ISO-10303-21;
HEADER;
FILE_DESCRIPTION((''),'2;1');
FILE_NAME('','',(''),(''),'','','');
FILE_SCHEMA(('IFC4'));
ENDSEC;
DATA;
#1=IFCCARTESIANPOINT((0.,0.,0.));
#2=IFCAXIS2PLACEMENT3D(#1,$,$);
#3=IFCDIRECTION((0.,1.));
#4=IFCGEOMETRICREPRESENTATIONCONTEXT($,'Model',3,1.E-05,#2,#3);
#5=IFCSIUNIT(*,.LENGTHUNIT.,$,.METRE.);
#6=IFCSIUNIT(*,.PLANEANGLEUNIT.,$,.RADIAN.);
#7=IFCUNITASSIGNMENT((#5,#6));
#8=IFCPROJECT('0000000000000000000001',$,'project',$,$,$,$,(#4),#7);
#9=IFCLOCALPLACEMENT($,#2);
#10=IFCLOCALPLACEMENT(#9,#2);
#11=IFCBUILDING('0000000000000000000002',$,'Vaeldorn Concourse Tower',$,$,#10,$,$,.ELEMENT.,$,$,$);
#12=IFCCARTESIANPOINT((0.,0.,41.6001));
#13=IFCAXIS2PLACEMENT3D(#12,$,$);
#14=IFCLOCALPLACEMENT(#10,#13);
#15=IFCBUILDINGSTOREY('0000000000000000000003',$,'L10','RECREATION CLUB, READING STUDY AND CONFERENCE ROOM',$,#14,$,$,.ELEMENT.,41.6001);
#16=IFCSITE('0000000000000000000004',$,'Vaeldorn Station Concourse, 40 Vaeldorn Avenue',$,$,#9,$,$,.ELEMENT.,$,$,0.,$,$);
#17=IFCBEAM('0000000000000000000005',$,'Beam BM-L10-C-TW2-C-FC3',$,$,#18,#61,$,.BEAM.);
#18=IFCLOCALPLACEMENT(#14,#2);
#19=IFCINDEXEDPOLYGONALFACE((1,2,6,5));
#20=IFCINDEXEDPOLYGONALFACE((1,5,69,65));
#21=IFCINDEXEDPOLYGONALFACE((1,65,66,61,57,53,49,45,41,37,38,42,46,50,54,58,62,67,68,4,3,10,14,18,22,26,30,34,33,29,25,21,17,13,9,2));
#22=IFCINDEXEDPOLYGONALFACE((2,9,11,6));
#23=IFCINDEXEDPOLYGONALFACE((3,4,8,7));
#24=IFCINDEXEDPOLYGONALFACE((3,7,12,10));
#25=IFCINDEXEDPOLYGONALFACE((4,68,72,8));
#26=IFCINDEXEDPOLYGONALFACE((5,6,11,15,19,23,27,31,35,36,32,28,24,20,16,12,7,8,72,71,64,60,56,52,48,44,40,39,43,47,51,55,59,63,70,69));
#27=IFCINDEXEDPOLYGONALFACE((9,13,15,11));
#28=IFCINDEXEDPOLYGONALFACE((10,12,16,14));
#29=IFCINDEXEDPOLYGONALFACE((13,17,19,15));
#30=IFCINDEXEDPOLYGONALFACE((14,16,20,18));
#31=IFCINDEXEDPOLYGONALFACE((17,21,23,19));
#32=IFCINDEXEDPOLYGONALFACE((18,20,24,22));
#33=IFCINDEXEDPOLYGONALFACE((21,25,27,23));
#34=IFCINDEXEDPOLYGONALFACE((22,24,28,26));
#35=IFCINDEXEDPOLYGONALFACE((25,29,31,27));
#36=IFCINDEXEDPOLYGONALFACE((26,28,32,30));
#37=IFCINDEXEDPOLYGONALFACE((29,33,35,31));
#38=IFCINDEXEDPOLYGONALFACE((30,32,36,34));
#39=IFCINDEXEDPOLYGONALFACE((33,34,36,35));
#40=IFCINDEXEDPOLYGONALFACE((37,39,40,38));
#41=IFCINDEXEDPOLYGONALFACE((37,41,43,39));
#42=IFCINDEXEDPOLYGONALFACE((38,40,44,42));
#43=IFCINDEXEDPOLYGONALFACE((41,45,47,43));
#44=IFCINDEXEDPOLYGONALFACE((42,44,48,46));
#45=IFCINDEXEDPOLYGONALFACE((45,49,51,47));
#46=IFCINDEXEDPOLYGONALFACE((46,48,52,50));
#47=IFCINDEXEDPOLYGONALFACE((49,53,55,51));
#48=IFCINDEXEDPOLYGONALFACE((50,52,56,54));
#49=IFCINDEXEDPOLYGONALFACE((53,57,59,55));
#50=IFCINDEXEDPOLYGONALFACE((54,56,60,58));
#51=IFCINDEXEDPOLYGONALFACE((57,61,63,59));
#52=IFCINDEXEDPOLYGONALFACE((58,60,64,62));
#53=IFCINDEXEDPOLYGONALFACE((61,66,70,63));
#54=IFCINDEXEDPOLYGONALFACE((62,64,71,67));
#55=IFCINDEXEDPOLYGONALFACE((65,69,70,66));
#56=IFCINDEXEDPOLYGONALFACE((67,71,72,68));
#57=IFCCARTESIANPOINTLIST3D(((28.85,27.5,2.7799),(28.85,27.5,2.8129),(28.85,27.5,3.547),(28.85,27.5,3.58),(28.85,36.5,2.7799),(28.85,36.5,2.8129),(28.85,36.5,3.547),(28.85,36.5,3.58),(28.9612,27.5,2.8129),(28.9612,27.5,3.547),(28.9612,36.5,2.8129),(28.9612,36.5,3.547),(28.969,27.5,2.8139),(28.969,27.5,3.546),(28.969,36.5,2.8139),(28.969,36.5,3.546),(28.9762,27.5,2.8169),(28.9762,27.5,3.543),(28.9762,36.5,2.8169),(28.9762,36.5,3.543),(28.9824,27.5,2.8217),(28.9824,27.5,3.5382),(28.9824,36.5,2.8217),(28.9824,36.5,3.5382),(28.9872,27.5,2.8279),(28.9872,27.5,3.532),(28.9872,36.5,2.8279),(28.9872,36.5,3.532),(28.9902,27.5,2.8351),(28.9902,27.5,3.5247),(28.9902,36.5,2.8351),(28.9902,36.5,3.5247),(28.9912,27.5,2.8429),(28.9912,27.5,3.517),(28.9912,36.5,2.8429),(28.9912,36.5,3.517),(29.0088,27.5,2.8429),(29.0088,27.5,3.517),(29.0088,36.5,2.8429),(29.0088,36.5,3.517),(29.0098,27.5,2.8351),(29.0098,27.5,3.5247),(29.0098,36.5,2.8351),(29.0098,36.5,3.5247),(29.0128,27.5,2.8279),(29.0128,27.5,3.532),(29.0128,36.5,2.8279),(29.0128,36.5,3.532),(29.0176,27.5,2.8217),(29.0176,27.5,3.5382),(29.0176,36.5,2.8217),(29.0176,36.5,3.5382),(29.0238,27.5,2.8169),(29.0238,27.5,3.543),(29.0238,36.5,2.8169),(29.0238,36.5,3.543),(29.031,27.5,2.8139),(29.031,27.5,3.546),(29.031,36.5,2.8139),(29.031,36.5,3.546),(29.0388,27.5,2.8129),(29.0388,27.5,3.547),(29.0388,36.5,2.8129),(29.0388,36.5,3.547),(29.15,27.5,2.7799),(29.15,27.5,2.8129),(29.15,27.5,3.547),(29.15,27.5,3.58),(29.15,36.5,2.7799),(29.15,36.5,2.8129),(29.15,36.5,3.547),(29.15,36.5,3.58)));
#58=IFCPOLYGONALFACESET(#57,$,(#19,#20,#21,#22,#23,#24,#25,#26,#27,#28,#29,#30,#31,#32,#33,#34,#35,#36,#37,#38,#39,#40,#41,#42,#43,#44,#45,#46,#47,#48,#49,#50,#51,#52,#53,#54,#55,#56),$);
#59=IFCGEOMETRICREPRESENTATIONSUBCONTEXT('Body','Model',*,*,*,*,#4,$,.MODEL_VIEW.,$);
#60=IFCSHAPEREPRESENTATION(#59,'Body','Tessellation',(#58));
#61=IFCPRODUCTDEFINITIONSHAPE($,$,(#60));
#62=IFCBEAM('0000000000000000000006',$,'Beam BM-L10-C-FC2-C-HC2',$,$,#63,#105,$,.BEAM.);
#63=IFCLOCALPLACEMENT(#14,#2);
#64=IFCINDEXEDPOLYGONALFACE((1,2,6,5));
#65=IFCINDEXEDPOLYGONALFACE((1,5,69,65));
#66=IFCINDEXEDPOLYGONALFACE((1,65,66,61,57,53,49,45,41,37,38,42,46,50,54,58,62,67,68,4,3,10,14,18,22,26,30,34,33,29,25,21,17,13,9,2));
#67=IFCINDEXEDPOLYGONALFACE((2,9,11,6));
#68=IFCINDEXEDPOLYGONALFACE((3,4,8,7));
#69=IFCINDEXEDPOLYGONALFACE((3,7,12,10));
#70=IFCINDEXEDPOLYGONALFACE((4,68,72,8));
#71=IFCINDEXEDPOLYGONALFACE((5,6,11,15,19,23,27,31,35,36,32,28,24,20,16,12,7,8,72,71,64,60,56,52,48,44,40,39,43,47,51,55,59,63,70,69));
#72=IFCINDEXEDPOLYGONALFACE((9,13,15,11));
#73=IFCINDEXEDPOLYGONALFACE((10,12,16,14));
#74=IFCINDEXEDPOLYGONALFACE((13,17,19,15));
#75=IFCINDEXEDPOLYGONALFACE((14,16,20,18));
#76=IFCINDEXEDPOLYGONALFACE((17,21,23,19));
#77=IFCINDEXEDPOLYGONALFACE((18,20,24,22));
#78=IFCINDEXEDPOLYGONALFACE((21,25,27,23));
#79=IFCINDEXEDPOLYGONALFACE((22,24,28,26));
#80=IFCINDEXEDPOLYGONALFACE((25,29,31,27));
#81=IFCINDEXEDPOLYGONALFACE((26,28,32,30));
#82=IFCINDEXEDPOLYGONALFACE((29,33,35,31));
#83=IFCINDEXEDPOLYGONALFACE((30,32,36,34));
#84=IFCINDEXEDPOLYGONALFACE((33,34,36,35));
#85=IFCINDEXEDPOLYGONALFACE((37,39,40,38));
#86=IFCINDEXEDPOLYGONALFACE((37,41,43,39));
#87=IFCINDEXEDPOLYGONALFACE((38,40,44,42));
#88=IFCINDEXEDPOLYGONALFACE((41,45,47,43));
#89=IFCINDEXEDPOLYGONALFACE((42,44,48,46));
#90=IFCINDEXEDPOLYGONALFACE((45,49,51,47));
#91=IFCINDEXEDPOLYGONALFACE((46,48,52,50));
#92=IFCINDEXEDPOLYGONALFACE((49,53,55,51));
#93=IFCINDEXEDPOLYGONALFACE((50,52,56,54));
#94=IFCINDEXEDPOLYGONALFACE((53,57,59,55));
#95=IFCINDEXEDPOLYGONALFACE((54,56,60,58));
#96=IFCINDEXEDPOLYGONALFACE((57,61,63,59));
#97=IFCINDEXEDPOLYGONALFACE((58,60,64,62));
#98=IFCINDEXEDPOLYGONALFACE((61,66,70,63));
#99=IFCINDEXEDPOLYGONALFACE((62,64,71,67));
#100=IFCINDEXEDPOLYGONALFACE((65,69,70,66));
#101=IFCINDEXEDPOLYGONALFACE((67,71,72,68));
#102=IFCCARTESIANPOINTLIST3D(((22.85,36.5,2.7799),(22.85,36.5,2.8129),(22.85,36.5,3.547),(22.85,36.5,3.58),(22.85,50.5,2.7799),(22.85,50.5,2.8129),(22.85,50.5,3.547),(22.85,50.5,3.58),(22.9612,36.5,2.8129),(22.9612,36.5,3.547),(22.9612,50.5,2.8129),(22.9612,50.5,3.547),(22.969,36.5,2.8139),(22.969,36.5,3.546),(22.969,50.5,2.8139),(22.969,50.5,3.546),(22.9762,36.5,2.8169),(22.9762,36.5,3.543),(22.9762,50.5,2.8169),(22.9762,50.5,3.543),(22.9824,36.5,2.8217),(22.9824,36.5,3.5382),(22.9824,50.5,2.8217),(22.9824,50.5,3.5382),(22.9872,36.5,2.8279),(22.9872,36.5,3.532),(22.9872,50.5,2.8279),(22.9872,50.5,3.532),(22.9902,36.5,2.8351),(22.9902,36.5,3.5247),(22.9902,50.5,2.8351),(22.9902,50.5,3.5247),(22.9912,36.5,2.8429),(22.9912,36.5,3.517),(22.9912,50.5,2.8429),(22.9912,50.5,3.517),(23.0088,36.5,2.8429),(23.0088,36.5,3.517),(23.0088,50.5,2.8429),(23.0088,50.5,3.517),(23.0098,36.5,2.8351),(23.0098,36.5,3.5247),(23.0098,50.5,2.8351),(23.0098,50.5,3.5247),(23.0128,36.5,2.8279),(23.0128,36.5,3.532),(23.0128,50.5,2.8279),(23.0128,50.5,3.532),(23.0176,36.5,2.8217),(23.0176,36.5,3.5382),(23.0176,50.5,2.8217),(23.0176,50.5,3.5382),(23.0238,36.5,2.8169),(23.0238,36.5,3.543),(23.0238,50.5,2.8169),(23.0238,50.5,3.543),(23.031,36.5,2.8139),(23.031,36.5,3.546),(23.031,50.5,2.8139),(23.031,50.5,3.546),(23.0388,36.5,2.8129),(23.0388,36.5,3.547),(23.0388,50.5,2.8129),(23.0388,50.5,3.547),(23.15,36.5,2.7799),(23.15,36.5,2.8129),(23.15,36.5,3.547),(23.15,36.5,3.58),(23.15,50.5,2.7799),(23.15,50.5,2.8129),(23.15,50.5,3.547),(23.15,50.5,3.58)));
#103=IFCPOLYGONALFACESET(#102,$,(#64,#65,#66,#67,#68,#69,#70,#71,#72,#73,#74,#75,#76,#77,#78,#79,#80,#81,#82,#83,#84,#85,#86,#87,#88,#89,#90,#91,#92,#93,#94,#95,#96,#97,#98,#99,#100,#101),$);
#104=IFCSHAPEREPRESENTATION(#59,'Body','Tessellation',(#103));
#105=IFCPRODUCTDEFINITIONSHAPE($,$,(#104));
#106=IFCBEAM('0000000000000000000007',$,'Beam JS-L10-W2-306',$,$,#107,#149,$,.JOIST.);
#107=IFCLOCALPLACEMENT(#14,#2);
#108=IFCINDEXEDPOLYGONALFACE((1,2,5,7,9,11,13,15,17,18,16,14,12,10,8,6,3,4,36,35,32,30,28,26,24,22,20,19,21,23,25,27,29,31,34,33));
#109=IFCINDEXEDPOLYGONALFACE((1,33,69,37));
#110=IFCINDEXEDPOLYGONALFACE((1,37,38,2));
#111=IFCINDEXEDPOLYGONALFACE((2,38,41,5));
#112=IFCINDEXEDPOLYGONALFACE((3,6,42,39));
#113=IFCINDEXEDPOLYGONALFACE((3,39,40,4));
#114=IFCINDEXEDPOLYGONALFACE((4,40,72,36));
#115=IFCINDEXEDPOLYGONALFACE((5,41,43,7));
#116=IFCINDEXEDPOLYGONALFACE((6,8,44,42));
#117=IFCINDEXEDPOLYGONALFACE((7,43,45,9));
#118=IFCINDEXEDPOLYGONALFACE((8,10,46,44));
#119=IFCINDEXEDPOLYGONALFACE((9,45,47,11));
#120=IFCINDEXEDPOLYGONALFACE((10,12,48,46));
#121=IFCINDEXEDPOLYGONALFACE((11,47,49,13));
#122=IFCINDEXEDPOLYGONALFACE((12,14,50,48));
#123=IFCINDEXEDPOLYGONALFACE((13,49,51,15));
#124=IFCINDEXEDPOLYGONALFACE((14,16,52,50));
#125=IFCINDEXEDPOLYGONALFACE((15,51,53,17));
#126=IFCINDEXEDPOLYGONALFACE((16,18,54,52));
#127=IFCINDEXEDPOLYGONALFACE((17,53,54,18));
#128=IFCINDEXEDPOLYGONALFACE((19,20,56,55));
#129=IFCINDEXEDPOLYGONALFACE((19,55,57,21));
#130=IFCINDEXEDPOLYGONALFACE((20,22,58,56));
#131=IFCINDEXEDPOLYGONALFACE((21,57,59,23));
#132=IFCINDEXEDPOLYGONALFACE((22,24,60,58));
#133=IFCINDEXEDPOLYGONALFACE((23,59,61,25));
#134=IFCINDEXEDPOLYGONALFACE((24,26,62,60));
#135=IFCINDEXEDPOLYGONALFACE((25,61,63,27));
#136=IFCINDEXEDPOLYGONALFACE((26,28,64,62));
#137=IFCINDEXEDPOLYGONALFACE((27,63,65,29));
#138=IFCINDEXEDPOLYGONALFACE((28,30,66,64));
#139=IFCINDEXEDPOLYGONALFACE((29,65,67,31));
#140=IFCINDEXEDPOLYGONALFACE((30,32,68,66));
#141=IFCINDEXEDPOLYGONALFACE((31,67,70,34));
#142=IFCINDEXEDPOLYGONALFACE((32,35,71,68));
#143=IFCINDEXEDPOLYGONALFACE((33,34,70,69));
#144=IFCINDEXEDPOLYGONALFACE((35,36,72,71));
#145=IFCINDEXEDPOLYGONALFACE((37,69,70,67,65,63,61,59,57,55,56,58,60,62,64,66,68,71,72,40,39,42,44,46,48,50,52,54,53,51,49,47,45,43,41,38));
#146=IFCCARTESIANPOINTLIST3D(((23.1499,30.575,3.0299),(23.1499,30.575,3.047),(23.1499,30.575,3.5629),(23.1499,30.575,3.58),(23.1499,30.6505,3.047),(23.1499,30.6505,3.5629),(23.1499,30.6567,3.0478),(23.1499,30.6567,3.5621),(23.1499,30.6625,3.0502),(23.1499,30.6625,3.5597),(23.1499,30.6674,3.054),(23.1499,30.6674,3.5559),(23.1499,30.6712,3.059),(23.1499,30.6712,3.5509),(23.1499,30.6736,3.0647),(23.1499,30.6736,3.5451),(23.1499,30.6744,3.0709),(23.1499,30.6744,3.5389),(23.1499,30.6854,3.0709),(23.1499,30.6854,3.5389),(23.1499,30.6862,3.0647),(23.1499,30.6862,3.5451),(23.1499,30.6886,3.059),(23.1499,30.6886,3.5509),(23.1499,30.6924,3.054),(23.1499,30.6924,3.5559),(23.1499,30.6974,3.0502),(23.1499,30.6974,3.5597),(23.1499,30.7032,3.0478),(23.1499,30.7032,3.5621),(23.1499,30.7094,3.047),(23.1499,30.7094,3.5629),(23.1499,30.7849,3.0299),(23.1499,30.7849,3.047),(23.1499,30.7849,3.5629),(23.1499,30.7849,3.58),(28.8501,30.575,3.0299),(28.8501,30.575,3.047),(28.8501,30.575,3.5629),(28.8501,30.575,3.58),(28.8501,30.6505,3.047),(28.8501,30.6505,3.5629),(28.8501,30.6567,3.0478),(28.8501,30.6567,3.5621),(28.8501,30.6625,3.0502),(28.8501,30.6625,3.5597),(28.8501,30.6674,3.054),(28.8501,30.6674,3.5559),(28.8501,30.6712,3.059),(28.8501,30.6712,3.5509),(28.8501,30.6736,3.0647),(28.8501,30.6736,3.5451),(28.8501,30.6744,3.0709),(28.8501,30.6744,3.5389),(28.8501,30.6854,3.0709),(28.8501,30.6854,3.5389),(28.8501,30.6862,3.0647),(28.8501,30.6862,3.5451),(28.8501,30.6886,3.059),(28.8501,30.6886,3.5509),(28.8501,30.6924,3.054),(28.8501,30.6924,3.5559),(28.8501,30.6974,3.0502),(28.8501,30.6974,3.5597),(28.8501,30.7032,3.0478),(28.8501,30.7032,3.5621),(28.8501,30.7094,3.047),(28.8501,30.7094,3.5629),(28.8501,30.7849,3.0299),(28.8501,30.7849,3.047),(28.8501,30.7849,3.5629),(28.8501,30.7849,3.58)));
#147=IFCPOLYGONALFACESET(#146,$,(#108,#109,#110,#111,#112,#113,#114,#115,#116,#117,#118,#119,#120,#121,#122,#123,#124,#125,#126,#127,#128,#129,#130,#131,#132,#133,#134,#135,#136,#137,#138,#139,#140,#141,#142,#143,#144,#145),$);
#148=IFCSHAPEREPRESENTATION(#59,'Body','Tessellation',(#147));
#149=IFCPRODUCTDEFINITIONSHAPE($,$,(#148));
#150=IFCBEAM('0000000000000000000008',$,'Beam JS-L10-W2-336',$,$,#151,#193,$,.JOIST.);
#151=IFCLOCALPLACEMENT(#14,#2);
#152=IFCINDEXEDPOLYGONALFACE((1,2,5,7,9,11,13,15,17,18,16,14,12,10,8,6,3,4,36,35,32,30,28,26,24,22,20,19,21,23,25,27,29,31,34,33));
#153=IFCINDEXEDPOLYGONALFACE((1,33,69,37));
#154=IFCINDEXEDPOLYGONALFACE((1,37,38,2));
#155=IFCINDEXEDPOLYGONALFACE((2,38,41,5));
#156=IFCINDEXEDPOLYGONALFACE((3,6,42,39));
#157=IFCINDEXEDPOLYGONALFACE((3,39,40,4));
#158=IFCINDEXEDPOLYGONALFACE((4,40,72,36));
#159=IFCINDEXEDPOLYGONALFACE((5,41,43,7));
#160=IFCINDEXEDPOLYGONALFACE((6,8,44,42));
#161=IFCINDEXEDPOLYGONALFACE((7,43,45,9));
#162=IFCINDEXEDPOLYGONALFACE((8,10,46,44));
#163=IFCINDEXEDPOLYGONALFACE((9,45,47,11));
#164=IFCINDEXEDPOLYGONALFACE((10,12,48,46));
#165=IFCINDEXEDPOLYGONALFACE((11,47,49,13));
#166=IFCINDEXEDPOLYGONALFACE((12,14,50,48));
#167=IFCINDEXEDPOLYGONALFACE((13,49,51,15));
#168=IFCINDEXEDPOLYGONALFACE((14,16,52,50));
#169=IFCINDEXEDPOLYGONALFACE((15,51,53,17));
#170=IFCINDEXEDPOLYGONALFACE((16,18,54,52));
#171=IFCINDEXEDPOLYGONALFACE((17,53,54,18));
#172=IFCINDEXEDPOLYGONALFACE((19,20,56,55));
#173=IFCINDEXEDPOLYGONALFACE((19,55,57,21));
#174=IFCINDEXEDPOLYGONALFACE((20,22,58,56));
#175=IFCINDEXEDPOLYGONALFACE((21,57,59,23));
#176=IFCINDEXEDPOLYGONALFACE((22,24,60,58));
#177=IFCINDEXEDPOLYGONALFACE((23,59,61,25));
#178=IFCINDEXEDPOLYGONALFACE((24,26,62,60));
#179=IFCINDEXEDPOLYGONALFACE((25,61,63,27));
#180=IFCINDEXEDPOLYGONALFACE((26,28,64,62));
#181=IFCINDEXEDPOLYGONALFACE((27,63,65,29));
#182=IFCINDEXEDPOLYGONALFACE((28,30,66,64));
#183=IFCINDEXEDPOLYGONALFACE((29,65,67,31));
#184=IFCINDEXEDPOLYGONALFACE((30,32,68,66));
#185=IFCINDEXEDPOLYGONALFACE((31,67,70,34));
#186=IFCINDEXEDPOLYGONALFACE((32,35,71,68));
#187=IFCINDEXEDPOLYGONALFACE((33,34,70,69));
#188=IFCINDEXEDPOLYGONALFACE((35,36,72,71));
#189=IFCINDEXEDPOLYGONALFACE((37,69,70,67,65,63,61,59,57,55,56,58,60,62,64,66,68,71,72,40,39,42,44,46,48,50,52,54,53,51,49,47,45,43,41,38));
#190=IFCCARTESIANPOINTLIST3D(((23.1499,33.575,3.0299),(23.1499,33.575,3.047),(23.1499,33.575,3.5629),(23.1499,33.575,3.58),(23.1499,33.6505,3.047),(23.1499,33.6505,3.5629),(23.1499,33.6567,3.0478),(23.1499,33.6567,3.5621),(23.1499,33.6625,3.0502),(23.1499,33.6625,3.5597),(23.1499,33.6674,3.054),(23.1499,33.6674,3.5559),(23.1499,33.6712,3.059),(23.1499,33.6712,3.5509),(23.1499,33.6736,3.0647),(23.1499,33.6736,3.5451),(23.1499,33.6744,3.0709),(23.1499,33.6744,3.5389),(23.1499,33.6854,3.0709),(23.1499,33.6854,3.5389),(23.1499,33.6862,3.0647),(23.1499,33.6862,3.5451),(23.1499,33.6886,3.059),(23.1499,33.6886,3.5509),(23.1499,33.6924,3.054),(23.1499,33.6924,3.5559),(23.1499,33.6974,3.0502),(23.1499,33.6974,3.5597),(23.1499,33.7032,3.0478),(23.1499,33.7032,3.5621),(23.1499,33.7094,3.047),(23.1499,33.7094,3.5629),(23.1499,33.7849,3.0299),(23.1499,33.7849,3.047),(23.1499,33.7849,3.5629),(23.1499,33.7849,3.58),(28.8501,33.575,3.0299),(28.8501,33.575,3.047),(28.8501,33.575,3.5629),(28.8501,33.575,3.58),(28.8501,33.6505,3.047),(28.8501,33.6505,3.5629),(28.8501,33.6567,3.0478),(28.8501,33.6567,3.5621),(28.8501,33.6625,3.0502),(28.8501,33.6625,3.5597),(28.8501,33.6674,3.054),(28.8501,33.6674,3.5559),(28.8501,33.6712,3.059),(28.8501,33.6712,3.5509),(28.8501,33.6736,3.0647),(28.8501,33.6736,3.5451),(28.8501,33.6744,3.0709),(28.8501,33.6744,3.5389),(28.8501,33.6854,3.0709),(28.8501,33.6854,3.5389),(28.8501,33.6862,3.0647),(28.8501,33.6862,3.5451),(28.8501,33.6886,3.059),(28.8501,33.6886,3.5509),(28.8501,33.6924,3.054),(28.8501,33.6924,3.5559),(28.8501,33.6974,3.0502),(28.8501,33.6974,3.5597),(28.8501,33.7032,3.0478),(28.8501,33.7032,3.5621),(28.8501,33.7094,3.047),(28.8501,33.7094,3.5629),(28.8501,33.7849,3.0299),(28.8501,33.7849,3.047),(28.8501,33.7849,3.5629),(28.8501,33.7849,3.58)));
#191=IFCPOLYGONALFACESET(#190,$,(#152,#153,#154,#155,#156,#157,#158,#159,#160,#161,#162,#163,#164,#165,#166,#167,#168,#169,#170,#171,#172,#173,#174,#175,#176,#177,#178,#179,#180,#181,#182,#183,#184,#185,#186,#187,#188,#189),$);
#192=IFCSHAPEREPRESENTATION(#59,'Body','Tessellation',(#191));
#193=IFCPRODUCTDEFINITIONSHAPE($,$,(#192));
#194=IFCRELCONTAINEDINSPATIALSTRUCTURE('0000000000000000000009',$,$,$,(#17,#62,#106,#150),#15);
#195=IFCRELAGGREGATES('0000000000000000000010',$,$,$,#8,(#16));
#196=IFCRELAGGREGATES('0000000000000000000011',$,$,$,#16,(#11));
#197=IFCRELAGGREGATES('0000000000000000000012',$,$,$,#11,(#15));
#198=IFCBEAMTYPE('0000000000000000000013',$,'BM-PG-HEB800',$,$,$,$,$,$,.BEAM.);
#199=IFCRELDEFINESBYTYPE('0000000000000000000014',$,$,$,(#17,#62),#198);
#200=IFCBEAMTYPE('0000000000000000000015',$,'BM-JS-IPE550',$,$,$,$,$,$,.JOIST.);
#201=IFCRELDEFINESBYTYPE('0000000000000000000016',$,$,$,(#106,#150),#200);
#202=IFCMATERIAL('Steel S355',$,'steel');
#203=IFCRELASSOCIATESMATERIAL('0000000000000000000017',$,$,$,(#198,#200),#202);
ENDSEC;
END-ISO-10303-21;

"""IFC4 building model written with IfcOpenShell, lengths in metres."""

from ifc_helpers import new_model, si_unit, direction, frame, origin, origin_2d, place, context, subcontext, project, spatial, i_section, extrude, source, transform, mapped, material, material_profile, profile_set, type_object, element, save


model = new_model("IFC4")

# Units and contexts
model_context = context("Model", 3, precision=1e-05, world=origin(), true_north=direction((0.0, 1.0)))
body_context = subcontext(model_context, "Body", "Model", "MODEL_VIEW")
ifc_project = project(units=[si_unit("LENGTHUNIT", "METRE"), si_unit("PLANEANGLEUNIT", "RADIAN")], contexts=[model_context])

# Site, building, storey
site_placement = place(None, origin())
site = spatial("IfcSite", under=ifc_project, at=site_placement, Name="Vaeldorn Station Concourse, 40 Vaeldorn Avenue", CompositionType="ELEMENT", RefElevation=0.0)
building_placement = place(site_placement, origin())
building = spatial("IfcBuilding", under=site, at=building_placement, Name="Vaeldorn Concourse Tower", CompositionType="ELEMENT")
storey_placement = place(building_placement, frame((0.0, 0.0, 41.6001)))
storey = spatial("IfcBuildingStorey", under=building, at=storey_placement, Name="L10", Description="RECREATION CLUB, READING STUDY AND CONFERENCE ROOM", CompositionType="ELEMENT", Elevation=41.6001)

# Beams
ifc_material_1 = material(Name="Steel S355", Category="steel")
ifc_material_profile_1 = material_profile(ifc_material_1, i_section(OverallWidth=0.3, OverallDepth=0.8, WebThickness=0.0176, FlangeThickness=0.033, FilletRadius=0.03, at=origin_2d()), Name="HEB 800")
ifc_profile_set_1 = profile_set([ifc_material_profile_1], Name="Steel S355")
beam_type_1 = type_object("IfcBeamType", Name="BM-PG-HEB800", PredefinedType="BEAM", material=ifc_profile_set_1)
shared_shape_1 = source(origin(), body_context, "Body", "SweptSolid", [
    extrude(i_section(OverallWidth=0.3, OverallDepth=0.8, WebThickness=0.0176, FlangeThickness=0.033, FilletRadius=0.03, at=origin_2d()), origin(), (0.0, 0.0, 1.0), 9.0),
])
beam_1_placement = place(storey_placement, frame((29.0, 27.5, 3.1799), z_axis=(0.0, 1.0, 0.0), x_axis=(-1.0, 0.0, 0.0)))
element("IfcBeam", 1, at=beam_1_placement, inside=storey, type_object=beam_type_1, Name="Beam BM-L10-C-TW2-C-FC3", PredefinedType="BEAM", context=body_context, shape_type="MappedRepresentation", body=[
    mapped(shared_shape_1, transform((0.0, 0.0, 0.0), scale=1.0)),
])
shared_shape_2 = source(origin(), body_context, "Body", "SweptSolid", [
    extrude(i_section(OverallWidth=0.3, OverallDepth=0.8, WebThickness=0.0176, FlangeThickness=0.033, FilletRadius=0.03, at=origin_2d()), origin(), (0.0, 0.0, 1.0), 14.0),
])
beam_2_placement = place(storey_placement, frame((23.0, 36.5, 3.1799), z_axis=(0.0, 1.0, 0.0), x_axis=(-1.0, 0.0, 0.0)))
element("IfcBeam", 2, at=beam_2_placement, inside=storey, type_object=beam_type_1, Name="Beam BM-L10-C-FC2-C-HC2", PredefinedType="BEAM", context=body_context, shape_type="MappedRepresentation", body=[
    mapped(shared_shape_2, transform((0.0, 0.0, 0.0), scale=1.0)),
])
ifc_material_profile_2 = material_profile(ifc_material_1, i_section(OverallWidth=0.21, OverallDepth=0.55, WebThickness=0.011, FlangeThickness=0.0171, FilletRadius=0.0239, at=origin_2d()), Name="IPE 550")
ifc_profile_set_2 = profile_set([ifc_material_profile_2], Name="Steel S355")
beam_type_2 = type_object("IfcBeamType", Name="BM-JS-IPE550", PredefinedType="JOIST", material=ifc_profile_set_2)
shared_shape_3 = source(origin(), body_context, "Body", "SweptSolid", [
    extrude(i_section(OverallWidth=0.21, OverallDepth=0.55, WebThickness=0.011, FlangeThickness=0.0171, FilletRadius=0.0239, at=origin_2d()), origin(), (0.0, 0.0, 1.0), 5.7002),
])
for number, where, z_axis, x_axis, name in (
    (3, (23.1499, 30.6799, 3.3049), (1.0, 0.0, 0.0), (0.0, 1.0, 0.0), "Beam JS-L10-W2-306"),
    (4, (23.1499, 33.6799, 3.3049), (1.0, 0.0, 0.0), (0.0, 1.0, 0.0), "Beam JS-L10-W2-336"),
):
    element("IfcBeam", number, at=place(storey_placement, frame(where, z_axis=z_axis, x_axis=x_axis)), inside=storey, type_object=beam_type_2, Name=name, PredefinedType="JOIST", context=body_context, shape_type="MappedRepresentation", body=[
        mapped(shared_shape_3, transform((0.0, 0.0, 0.0), scale=1.0)),
    ])

save(model, "model.ifc")
